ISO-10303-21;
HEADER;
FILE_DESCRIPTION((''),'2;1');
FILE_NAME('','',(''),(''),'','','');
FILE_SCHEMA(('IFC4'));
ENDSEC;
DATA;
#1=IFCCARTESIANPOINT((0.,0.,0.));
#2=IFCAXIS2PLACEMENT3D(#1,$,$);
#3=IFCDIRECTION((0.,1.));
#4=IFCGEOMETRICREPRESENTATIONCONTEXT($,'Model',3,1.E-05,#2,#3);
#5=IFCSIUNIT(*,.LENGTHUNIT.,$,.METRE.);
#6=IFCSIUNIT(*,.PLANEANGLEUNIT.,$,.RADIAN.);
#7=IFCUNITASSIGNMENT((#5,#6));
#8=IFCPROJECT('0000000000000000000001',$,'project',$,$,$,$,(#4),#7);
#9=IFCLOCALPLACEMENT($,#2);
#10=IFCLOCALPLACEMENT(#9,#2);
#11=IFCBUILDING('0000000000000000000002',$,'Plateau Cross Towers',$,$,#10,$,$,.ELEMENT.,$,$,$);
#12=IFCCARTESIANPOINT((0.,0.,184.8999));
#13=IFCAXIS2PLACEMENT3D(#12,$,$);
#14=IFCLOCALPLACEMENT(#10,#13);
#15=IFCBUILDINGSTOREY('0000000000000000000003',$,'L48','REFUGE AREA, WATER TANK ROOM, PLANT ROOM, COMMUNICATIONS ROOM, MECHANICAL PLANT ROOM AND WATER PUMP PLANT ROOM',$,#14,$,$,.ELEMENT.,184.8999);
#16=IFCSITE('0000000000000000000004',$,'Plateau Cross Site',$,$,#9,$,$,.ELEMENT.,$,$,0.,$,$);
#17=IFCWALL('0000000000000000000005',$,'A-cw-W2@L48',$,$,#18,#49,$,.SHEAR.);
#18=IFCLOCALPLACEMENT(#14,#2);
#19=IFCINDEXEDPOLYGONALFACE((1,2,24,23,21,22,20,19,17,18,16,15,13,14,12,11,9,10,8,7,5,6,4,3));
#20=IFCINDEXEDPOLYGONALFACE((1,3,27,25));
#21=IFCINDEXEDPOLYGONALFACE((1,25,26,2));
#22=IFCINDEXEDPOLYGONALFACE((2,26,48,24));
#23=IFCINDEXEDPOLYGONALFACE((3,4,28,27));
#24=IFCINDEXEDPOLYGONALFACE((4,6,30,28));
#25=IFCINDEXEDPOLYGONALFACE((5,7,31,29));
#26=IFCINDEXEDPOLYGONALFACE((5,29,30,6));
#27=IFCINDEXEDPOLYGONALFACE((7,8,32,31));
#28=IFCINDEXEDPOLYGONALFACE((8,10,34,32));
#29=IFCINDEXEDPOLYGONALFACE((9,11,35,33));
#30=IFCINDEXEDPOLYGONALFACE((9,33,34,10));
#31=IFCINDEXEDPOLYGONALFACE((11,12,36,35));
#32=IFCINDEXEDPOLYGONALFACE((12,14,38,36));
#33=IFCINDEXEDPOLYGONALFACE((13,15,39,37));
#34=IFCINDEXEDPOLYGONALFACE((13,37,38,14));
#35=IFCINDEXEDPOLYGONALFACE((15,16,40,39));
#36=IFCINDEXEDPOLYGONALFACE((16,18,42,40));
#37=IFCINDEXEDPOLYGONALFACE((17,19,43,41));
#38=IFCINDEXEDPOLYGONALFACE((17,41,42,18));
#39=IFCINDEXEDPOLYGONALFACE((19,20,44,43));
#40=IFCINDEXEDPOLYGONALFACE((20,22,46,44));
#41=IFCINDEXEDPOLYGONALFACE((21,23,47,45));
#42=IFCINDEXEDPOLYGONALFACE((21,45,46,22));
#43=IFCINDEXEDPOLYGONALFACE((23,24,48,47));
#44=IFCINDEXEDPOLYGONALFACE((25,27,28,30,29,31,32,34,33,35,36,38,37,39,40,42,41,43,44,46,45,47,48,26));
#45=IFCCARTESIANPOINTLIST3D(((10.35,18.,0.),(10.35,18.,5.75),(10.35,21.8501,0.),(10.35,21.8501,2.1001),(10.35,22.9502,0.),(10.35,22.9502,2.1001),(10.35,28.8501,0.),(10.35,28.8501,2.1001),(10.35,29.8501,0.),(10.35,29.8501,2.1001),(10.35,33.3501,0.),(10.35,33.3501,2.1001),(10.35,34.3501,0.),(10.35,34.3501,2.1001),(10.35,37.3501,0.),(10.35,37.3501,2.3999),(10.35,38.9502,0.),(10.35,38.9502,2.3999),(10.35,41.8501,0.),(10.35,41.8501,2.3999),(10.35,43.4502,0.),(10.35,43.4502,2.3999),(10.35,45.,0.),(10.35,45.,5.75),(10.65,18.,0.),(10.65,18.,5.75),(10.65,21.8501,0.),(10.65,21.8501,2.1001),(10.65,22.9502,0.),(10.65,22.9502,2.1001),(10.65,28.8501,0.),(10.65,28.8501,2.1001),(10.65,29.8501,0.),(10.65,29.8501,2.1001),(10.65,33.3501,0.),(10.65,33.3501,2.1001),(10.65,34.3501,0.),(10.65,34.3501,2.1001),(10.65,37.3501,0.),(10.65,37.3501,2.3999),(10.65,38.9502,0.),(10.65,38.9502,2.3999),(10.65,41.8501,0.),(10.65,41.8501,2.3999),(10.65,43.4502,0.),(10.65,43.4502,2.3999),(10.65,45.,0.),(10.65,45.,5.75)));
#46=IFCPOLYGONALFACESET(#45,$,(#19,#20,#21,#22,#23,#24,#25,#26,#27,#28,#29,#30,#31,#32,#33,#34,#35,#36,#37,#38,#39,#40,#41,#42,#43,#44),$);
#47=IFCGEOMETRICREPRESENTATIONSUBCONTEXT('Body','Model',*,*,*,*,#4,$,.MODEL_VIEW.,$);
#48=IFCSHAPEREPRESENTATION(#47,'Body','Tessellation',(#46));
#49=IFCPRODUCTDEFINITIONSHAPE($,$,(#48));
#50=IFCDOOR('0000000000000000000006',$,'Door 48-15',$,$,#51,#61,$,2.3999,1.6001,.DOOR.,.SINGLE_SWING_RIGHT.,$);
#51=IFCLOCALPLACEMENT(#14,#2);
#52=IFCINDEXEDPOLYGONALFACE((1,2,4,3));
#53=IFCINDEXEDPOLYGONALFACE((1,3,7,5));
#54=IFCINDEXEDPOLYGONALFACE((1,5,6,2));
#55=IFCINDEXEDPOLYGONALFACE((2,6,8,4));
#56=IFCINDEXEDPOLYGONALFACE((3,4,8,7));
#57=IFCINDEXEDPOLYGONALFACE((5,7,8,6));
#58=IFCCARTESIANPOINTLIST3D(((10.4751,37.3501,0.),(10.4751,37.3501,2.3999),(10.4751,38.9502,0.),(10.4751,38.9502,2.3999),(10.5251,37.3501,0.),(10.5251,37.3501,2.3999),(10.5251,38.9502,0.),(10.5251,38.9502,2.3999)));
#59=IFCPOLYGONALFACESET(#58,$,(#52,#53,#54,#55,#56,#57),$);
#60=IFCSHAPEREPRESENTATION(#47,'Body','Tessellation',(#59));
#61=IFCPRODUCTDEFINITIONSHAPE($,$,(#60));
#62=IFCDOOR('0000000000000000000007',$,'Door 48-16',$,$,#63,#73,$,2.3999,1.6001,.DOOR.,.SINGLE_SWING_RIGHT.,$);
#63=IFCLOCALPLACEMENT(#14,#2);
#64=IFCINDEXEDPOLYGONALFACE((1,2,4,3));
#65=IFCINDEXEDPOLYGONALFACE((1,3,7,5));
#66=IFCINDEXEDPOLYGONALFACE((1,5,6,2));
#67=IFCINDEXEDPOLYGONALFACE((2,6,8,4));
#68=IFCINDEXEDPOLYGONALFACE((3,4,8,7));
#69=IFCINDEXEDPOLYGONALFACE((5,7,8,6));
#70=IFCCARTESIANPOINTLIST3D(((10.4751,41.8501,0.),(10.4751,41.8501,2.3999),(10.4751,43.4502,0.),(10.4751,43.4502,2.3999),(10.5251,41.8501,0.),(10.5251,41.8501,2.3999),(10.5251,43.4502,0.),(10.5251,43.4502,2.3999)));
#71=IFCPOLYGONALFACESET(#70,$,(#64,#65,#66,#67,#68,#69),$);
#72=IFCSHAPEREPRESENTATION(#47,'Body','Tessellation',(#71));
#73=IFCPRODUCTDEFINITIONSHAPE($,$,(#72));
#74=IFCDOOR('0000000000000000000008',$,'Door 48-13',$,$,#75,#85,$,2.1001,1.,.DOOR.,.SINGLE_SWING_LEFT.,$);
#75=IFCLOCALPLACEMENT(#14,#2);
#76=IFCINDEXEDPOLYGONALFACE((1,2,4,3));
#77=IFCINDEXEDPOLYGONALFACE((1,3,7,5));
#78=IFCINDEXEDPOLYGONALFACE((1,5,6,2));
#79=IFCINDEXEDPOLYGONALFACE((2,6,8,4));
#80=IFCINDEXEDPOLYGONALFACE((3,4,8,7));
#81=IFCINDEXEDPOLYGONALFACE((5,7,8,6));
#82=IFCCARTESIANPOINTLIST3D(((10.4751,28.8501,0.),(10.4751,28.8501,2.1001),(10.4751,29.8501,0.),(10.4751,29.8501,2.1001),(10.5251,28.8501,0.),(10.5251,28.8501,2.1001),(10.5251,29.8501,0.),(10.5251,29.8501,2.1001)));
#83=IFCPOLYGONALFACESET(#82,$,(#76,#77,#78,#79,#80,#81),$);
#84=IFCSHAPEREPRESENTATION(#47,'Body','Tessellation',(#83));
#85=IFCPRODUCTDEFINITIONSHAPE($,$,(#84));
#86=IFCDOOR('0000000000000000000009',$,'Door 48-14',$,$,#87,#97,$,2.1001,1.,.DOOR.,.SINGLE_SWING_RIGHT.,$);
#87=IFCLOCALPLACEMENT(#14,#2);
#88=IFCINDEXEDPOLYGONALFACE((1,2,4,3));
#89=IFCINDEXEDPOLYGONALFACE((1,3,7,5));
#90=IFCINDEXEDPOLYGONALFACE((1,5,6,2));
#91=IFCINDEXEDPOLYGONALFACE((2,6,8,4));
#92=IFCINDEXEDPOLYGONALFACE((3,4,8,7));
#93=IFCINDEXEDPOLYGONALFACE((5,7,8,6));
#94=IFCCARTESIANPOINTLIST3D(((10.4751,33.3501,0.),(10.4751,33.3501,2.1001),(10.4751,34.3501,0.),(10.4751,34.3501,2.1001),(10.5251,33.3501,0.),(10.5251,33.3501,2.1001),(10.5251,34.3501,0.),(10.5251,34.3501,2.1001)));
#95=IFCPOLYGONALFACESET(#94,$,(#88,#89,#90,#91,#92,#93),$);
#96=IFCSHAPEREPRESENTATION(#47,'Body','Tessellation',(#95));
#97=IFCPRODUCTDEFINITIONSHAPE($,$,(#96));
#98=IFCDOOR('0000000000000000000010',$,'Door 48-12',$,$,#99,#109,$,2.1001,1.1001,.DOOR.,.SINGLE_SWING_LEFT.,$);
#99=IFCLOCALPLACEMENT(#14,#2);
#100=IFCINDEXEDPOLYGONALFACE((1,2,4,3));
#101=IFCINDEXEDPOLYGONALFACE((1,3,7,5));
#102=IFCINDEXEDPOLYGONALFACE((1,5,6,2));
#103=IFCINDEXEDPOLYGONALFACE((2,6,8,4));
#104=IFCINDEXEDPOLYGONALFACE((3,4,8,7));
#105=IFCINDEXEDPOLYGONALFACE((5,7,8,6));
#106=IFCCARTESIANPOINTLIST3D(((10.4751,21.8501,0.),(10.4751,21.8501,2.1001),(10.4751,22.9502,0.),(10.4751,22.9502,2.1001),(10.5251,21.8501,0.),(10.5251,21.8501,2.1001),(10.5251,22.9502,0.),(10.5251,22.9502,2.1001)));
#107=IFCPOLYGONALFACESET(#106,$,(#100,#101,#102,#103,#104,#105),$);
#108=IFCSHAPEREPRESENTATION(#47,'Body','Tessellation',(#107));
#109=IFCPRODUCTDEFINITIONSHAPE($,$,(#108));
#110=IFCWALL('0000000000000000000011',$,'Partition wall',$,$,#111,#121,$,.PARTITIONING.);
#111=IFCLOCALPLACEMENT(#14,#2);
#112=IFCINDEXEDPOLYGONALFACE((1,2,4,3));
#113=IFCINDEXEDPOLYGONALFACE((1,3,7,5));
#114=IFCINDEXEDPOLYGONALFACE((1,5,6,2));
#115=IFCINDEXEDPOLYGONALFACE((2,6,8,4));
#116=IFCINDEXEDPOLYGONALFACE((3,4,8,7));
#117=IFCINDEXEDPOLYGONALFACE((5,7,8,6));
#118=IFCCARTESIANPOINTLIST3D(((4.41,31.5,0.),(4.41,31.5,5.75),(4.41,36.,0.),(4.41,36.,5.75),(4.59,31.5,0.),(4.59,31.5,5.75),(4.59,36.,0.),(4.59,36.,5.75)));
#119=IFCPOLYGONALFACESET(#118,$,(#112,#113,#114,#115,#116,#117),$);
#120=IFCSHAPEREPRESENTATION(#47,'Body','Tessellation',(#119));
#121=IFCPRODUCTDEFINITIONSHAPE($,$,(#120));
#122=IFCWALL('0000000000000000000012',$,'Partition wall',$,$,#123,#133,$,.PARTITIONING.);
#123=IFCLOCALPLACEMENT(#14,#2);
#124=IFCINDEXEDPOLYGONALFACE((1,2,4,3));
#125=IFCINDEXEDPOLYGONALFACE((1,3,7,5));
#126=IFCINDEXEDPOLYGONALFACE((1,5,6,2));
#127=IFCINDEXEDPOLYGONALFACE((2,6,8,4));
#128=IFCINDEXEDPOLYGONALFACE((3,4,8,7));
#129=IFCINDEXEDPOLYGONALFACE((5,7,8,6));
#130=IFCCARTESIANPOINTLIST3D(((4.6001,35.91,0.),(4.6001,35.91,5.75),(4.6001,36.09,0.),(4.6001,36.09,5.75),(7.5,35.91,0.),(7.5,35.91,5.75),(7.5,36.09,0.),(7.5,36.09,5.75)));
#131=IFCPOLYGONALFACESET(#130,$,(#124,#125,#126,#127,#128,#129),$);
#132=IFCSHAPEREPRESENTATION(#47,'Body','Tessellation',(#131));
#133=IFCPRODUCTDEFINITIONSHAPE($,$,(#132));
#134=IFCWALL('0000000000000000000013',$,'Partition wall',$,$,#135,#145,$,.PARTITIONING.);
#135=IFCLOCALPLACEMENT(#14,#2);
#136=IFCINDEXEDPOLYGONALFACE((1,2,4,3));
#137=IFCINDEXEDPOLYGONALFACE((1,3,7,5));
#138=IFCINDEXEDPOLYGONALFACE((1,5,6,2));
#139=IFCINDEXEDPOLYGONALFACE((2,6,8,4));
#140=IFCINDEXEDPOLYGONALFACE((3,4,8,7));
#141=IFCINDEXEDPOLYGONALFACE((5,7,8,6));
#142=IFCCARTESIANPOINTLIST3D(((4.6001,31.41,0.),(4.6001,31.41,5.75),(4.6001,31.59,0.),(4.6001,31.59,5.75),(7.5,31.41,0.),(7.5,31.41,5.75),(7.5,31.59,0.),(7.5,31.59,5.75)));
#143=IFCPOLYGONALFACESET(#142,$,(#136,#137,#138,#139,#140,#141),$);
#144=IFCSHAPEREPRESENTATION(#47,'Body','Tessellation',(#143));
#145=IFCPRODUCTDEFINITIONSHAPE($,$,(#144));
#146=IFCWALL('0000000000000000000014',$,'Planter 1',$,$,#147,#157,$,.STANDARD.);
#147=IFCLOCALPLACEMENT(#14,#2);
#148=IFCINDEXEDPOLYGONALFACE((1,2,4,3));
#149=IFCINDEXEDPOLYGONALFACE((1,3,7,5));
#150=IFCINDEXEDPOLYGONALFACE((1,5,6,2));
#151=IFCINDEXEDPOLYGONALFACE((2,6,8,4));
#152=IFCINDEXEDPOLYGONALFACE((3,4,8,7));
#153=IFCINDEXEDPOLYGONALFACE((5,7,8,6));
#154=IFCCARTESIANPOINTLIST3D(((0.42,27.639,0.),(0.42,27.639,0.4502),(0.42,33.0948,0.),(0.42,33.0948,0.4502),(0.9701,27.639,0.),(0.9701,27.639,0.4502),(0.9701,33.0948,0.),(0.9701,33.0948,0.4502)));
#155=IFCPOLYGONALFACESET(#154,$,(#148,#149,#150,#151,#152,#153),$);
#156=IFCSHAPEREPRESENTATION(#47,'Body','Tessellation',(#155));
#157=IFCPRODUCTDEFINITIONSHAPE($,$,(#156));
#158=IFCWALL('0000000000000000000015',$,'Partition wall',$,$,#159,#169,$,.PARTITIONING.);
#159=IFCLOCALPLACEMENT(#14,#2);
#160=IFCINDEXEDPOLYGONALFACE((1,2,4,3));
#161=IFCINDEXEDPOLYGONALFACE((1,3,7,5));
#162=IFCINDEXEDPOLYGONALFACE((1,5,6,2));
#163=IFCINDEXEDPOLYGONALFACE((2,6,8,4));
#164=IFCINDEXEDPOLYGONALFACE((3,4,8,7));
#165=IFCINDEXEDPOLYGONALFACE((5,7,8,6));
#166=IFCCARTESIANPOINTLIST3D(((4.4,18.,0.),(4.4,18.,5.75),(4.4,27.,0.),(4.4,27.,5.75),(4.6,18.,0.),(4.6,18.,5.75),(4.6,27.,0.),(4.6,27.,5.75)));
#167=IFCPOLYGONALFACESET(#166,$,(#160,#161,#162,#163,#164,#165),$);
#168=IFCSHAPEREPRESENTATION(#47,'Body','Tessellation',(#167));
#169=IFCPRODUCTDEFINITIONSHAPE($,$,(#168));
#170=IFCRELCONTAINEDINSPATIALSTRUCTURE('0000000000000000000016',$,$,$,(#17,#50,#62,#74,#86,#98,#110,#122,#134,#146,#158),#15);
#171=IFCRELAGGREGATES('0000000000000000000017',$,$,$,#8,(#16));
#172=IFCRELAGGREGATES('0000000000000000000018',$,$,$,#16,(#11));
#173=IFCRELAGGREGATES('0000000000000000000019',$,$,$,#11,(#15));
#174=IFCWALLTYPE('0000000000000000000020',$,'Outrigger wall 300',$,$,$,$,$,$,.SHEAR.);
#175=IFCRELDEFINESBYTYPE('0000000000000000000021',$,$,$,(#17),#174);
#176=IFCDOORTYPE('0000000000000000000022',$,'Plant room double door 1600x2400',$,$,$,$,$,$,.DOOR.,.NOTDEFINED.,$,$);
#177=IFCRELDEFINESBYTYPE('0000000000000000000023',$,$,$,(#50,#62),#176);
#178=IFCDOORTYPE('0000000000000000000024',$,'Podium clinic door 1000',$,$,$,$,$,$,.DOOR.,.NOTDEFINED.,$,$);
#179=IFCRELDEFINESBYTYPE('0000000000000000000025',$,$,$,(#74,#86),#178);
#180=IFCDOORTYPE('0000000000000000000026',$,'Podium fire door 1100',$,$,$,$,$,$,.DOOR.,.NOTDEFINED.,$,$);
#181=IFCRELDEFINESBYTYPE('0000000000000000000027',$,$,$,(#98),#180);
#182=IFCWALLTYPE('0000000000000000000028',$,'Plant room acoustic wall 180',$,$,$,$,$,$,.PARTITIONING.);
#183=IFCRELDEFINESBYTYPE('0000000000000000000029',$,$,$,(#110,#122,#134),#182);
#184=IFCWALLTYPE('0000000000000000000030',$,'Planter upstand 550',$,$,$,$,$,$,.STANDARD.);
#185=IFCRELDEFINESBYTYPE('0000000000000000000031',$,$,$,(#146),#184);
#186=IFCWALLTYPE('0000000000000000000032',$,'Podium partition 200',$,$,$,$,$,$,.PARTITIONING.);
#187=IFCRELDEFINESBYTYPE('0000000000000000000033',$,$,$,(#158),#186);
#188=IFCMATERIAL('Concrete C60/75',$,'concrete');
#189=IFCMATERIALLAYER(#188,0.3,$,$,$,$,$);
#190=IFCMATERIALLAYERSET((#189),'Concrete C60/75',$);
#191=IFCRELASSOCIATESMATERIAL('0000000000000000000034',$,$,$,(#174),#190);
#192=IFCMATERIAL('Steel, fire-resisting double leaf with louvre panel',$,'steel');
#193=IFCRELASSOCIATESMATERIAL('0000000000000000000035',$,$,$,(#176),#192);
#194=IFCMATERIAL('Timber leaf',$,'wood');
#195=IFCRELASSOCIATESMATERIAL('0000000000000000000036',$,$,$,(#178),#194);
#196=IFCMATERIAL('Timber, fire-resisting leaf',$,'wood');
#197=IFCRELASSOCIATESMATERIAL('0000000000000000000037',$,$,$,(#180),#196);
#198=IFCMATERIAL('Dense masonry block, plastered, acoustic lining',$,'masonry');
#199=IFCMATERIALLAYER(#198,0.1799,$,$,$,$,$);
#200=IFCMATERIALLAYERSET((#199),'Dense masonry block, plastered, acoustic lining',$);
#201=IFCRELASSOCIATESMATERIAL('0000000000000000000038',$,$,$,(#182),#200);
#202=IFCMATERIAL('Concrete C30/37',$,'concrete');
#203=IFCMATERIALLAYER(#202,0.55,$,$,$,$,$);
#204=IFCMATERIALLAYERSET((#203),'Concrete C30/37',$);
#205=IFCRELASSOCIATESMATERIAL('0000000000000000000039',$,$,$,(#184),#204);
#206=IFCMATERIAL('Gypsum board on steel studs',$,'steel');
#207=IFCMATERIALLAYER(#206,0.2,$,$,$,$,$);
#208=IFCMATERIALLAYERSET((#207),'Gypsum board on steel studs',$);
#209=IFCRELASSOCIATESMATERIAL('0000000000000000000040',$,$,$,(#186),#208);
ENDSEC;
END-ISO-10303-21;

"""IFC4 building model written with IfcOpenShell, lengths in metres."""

from ifc_helpers import new_model, si_unit, direction, frame, frame_2d, origin, place, context, subcontext, project, spatial, rectangle, extrude, material, layer, layer_set, type_object, element, fill, save


model = new_model("IFC4")

# Units and contexts
model_context = context("Model", 3, precision=1e-05, world=origin(), true_north=direction((0.0, 1.0)))
body_context = subcontext(model_context, "Body", "Model", "MODEL_VIEW")
ifc_project = project(units=[si_unit("LENGTHUNIT", "METRE"), si_unit("PLANEANGLEUNIT", "RADIAN")], contexts=[model_context])

# Site, building, storey
site_placement = place(None, origin())
site = spatial("IfcSite", under=ifc_project, at=site_placement, Name="Plateau Cross Site", CompositionType="ELEMENT", RefElevation=0.0)
building_placement = place(site_placement, origin())
building = spatial("IfcBuilding", under=site, at=building_placement, Name="Plateau Cross Towers", CompositionType="ELEMENT")
storey_placement = place(building_placement, frame((0.0, 0.0, 184.8999)))
storey = spatial("IfcBuildingStorey", under=building, at=storey_placement, Name="L48", Description="REFUGE AREA, WATER TANK ROOM, PLANT ROOM, COMMUNICATIONS ROOM, MECHANICAL PLANT ROOM AND WATER PUMP PLANT ROOM", CompositionType="ELEMENT", Elevation=184.8999)

# Shared definitions
ifc_material_1 = material(Name="Concrete C60/75", Category="concrete")

# Wall, openings, doors
ifc_layer_1 = layer(ifc_material_1, 0.3)
ifc_layer_set_1 = layer_set([ifc_layer_1], Name="Concrete C60/75")
wall_type_1 = type_object("IfcWallType", Name="Outrigger wall 300", PredefinedType="SHEAR", material=ifc_layer_set_1)
wall_1_placement = place(storey_placement, frame((10.5, 18.0, 0.0), z_axis=(0.0, 0.0, 1.0), x_axis=(0.0, 1.0, 0.0)))
wall_1 = element("IfcWall", 1, at=wall_1_placement, inside=storey, type_object=wall_type_1, Name="A-cw-W2@L48", PredefinedType="SHEAR", context=body_context, shape_type="SweptSolid", body=[
    extrude(rectangle(XDim=27.0, YDim=0.3, at=frame_2d((13.5, 0.0))), origin(), (0.0, 0.0, 1.0), 5.75),
])
opening_1_placement = place(wall_1_placement, frame((3.8501, 0.0, 0.0)))
opening_1 = element("IfcOpeningElement", 2, at=opening_1_placement, cuts=wall_1, PredefinedType="OPENING", context=body_context, shape_type="SweptSolid", body=[
    extrude(rectangle(XDim=1.1001, YDim=2.1001, at=frame_2d((0.55, 1.05))), frame((0.0, 0.1599, 0.0), z_axis=(0.0, -1.0, 0.0), x_axis=(1.0, 0.0, 0.0)), (0.0, 0.0, 1.0), 0.3201),
])
opening_2_placement = place(wall_1_placement, frame((10.8501, 0.0, 0.0)))
opening_2 = element("IfcOpeningElement", 3, at=opening_2_placement, cuts=wall_1, PredefinedType="OPENING", context=body_context, shape_type="SweptSolid", body=[
    extrude(rectangle(XDim=1.0, YDim=2.1001, at=frame_2d((0.5, 1.05))), frame((0.0, 0.1599, 0.0), z_axis=(0.0, -1.0, 0.0), x_axis=(1.0, 0.0, 0.0)), (0.0, 0.0, 1.0), 0.3201),
])
opening_3_placement = place(wall_1_placement, frame((15.3501, 0.0, 0.0)))
opening_3 = element("IfcOpeningElement", 4, at=opening_3_placement, cuts=wall_1, PredefinedType="OPENING", context=body_context, shape_type="SweptSolid", body=[
    extrude(rectangle(XDim=1.0, YDim=2.1001, at=frame_2d((0.5, 1.05))), frame((0.0, 0.1599, 0.0), z_axis=(0.0, -1.0, 0.0), x_axis=(1.0, 0.0, 0.0)), (0.0, 0.0, 1.0), 0.3201),
])
opening_4_placement = place(wall_1_placement, frame((19.3501, 0.0, 0.0)))
opening_4 = element("IfcOpeningElement", 5, at=opening_4_placement, cuts=wall_1, PredefinedType="OPENING", context=body_context, shape_type="SweptSolid", body=[
    extrude(rectangle(XDim=1.6001, YDim=2.3999, at=frame_2d((0.8, 1.2))), frame((0.0, 0.1599, 0.0), z_axis=(0.0, -1.0, 0.0), x_axis=(1.0, 0.0, 0.0)), (0.0, 0.0, 1.0), 0.3201),
])
opening_5_placement = place(wall_1_placement, frame((23.8501, 0.0, 0.0)))
opening_5 = element("IfcOpeningElement", 6, at=opening_5_placement, cuts=wall_1, PredefinedType="OPENING", context=body_context, shape_type="SweptSolid", body=[
    extrude(rectangle(XDim=1.6001, YDim=2.3999, at=frame_2d((0.8, 1.2))), frame((0.0, 0.1599, 0.0), z_axis=(0.0, -1.0, 0.0), x_axis=(1.0, 0.0, 0.0)), (0.0, 0.0, 1.0), 0.3201),
])
ifc_material_2 = material(Name="Steel, fire-resisting double leaf with louvre panel", Category="steel")
door_type_1 = type_object("IfcDoorType", Name="Plant room double door 1600x2400", OperationType="NOTDEFINED", PredefinedType="DOOR", material=ifc_material_2)
door_1_placement = place(opening_4_placement, origin())
door_1 = element("IfcDoor", 7, at=door_1_placement, inside=storey, type_object=door_type_1, Name="Door 48-15", OperationType="SINGLE_SWING_RIGHT", OverallHeight=2.3999, OverallWidth=1.6001, PredefinedType="DOOR", context=body_context, shape_type="SweptSolid", body=[
    extrude(rectangle(XDim=1.6001, YDim=2.3999, at=frame_2d((0.8, 1.2))), frame((0.0, 0.0249, 0.0), z_axis=(0.0, -1.0, 0.0), x_axis=(1.0, 0.0, 0.0)), (0.0, 0.0, 1.0), 0.05),
])
fill(opening_4, door_1)
door_2_placement = place(opening_5_placement, origin())
door_2 = element("IfcDoor", 8, at=door_2_placement, inside=storey, type_object=door_type_1, Name="Door 48-16", OperationType="SINGLE_SWING_RIGHT", OverallHeight=2.3999, OverallWidth=1.6001, PredefinedType="DOOR", context=body_context, shape_type="SweptSolid", body=[
    extrude(rectangle(XDim=1.6001, YDim=2.3999, at=frame_2d((0.8, 1.2))), frame((0.0, 0.0249, 0.0), z_axis=(0.0, -1.0, 0.0), x_axis=(1.0, 0.0, 0.0)), (0.0, 0.0, 1.0), 0.05),
])
fill(opening_5, door_2)
ifc_material_3 = material(Name="Timber leaf", Category="wood")
door_type_2 = type_object("IfcDoorType", Name="Podium clinic door 1000", OperationType="NOTDEFINED", PredefinedType="DOOR", material=ifc_material_3)
door_3_placement = place(opening_2_placement, origin())
door_3 = element("IfcDoor", 9, at=door_3_placement, inside=storey, type_object=door_type_2, Name="Door 48-13", OperationType="SINGLE_SWING_LEFT", OverallHeight=2.1001, OverallWidth=1.0, PredefinedType="DOOR", context=body_context, shape_type="SweptSolid", body=[
    extrude(rectangle(XDim=1.0, YDim=2.1001, at=frame_2d((0.5, 1.05))), frame((0.0, 0.0249, 0.0), z_axis=(0.0, -1.0, 0.0), x_axis=(1.0, 0.0, 0.0)), (0.0, 0.0, 1.0), 0.05),
])
fill(opening_2, door_3)
door_4_placement = place(opening_3_placement, origin())
door_4 = element("IfcDoor", 10, at=door_4_placement, inside=storey, type_object=door_type_2, Name="Door 48-14", OperationType="SINGLE_SWING_RIGHT", OverallHeight=2.1001, OverallWidth=1.0, PredefinedType="DOOR", context=body_context, shape_type="SweptSolid", body=[
    extrude(rectangle(XDim=1.0, YDim=2.1001, at=frame_2d((0.5, 1.05))), frame((0.0, 0.0249, 0.0), z_axis=(0.0, -1.0, 0.0), x_axis=(1.0, 0.0, 0.0)), (0.0, 0.0, 1.0), 0.05),
])
fill(opening_3, door_4)
ifc_material_4 = material(Name="Timber, fire-resisting leaf", Category="wood")
door_type_3 = type_object("IfcDoorType", Name="Podium fire door 1100", OperationType="NOTDEFINED", PredefinedType="DOOR", material=ifc_material_4)
door_5_placement = place(opening_1_placement, origin())
door_5 = element("IfcDoor", 11, at=door_5_placement, inside=storey, type_object=door_type_3, Name="Door 48-12", OperationType="SINGLE_SWING_LEFT", OverallHeight=2.1001, OverallWidth=1.1001, PredefinedType="DOOR", context=body_context, shape_type="SweptSolid", body=[
    extrude(rectangle(XDim=1.1001, YDim=2.1001, at=frame_2d((0.55, 1.05))), frame((0.0, 0.0249, 0.0), z_axis=(0.0, -1.0, 0.0), x_axis=(1.0, 0.0, 0.0)), (0.0, 0.0, 1.0), 0.05),
])
fill(opening_1, door_5)

# Walls
ifc_material_5 = material(Name="Dense masonry block, plastered, acoustic lining", Category="masonry")
ifc_layer_2 = layer(ifc_material_5, 0.1799)
ifc_layer_set_2 = layer_set([ifc_layer_2], Name="Dense masonry block, plastered, acoustic lining")
wall_type_2 = type_object("IfcWallType", Name="Plant room acoustic wall 180", PredefinedType="PARTITIONING", material=ifc_layer_set_2)
wall_2_placement = place(storey_placement, frame((4.5, 36.0, 0.0), z_axis=(0.0, 0.0, 1.0), x_axis=(0.0, -1.0, 0.0)))
element("IfcWall", 12, at=wall_2_placement, inside=storey, type_object=wall_type_2, Name="Partition wall", PredefinedType="PARTITIONING", context=body_context, shape_type="SweptSolid", body=[
    extrude(rectangle(XDim=4.5, YDim=0.1799, at=frame_2d((2.25, 0.0))), origin(), (0.0, 0.0, 1.0), 5.75),
])
for number, where, z_axis, x_axis, name in (
    (13, (4.6001, 36.0, 0.0), (0.0, 0.0, 1.0), (1.0, 0.0, 0.0), "Partition wall"),
    (14, (4.6001, 31.5, 0.0), (0.0, 0.0, 1.0), (1.0, 0.0, 0.0), "Partition wall"),
):
    element("IfcWall", number, at=place(storey_placement, frame(where, z_axis=z_axis, x_axis=x_axis)), inside=storey, type_object=wall_type_2, Name=name, PredefinedType="PARTITIONING", context=body_context, shape_type="SweptSolid", body=[
        extrude(rectangle(XDim=2.8999, YDim=0.1799, at=frame_2d((1.45, 0.0))), origin(), (0.0, 0.0, 1.0), 5.75),
    ])
ifc_material_6 = material(Name="Concrete C30/37", Category="concrete")
ifc_layer_3 = layer(ifc_material_6, 0.55)
ifc_layer_set_3 = layer_set([ifc_layer_3], Name="Concrete C30/37")
wall_type_3 = type_object("IfcWallType", Name="Planter upstand 550", PredefinedType="STANDARD", material=ifc_layer_set_3)
wall_3_placement = place(storey_placement, frame((0.6951, 27.6389, 0.0), z_axis=(0.0, 0.0, 1.0), x_axis=(0.0, 1.0, 0.0)))
element("IfcWall", 15, at=wall_3_placement, inside=storey, type_object=wall_type_3, Name="Planter 1", PredefinedType="STANDARD", context=body_context, shape_type="SweptSolid", body=[
    extrude(rectangle(XDim=5.4558, YDim=0.55, at=frame_2d((2.728, 0.0))), origin(), (0.0, 0.0, 1.0), 0.4502),
])
ifc_material_7 = material(Name="Gypsum board on steel studs", Category="steel")
ifc_layer_4 = layer(ifc_material_7, 0.2)
ifc_layer_set_4 = layer_set([ifc_layer_4], Name="Gypsum board on steel studs")
wall_type_4 = type_object("IfcWallType", Name="Podium partition 200", PredefinedType="PARTITIONING", material=ifc_layer_set_4)
wall_4_placement = place(storey_placement, frame((4.5, 27.0, 0.0), z_axis=(0.0, 0.0, 1.0), x_axis=(0.0, -1.0, 0.0)))
element("IfcWall", 16, at=wall_4_placement, inside=storey, type_object=wall_type_4, Name="Partition wall", PredefinedType="PARTITIONING", context=body_context, shape_type="SweptSolid", body=[
    extrude(rectangle(XDim=9.0, YDim=0.2, at=frame_2d((4.5, 0.0))), origin(), (0.0, 0.0, 1.0), 5.75),
])

save(model, "model.ifc")
